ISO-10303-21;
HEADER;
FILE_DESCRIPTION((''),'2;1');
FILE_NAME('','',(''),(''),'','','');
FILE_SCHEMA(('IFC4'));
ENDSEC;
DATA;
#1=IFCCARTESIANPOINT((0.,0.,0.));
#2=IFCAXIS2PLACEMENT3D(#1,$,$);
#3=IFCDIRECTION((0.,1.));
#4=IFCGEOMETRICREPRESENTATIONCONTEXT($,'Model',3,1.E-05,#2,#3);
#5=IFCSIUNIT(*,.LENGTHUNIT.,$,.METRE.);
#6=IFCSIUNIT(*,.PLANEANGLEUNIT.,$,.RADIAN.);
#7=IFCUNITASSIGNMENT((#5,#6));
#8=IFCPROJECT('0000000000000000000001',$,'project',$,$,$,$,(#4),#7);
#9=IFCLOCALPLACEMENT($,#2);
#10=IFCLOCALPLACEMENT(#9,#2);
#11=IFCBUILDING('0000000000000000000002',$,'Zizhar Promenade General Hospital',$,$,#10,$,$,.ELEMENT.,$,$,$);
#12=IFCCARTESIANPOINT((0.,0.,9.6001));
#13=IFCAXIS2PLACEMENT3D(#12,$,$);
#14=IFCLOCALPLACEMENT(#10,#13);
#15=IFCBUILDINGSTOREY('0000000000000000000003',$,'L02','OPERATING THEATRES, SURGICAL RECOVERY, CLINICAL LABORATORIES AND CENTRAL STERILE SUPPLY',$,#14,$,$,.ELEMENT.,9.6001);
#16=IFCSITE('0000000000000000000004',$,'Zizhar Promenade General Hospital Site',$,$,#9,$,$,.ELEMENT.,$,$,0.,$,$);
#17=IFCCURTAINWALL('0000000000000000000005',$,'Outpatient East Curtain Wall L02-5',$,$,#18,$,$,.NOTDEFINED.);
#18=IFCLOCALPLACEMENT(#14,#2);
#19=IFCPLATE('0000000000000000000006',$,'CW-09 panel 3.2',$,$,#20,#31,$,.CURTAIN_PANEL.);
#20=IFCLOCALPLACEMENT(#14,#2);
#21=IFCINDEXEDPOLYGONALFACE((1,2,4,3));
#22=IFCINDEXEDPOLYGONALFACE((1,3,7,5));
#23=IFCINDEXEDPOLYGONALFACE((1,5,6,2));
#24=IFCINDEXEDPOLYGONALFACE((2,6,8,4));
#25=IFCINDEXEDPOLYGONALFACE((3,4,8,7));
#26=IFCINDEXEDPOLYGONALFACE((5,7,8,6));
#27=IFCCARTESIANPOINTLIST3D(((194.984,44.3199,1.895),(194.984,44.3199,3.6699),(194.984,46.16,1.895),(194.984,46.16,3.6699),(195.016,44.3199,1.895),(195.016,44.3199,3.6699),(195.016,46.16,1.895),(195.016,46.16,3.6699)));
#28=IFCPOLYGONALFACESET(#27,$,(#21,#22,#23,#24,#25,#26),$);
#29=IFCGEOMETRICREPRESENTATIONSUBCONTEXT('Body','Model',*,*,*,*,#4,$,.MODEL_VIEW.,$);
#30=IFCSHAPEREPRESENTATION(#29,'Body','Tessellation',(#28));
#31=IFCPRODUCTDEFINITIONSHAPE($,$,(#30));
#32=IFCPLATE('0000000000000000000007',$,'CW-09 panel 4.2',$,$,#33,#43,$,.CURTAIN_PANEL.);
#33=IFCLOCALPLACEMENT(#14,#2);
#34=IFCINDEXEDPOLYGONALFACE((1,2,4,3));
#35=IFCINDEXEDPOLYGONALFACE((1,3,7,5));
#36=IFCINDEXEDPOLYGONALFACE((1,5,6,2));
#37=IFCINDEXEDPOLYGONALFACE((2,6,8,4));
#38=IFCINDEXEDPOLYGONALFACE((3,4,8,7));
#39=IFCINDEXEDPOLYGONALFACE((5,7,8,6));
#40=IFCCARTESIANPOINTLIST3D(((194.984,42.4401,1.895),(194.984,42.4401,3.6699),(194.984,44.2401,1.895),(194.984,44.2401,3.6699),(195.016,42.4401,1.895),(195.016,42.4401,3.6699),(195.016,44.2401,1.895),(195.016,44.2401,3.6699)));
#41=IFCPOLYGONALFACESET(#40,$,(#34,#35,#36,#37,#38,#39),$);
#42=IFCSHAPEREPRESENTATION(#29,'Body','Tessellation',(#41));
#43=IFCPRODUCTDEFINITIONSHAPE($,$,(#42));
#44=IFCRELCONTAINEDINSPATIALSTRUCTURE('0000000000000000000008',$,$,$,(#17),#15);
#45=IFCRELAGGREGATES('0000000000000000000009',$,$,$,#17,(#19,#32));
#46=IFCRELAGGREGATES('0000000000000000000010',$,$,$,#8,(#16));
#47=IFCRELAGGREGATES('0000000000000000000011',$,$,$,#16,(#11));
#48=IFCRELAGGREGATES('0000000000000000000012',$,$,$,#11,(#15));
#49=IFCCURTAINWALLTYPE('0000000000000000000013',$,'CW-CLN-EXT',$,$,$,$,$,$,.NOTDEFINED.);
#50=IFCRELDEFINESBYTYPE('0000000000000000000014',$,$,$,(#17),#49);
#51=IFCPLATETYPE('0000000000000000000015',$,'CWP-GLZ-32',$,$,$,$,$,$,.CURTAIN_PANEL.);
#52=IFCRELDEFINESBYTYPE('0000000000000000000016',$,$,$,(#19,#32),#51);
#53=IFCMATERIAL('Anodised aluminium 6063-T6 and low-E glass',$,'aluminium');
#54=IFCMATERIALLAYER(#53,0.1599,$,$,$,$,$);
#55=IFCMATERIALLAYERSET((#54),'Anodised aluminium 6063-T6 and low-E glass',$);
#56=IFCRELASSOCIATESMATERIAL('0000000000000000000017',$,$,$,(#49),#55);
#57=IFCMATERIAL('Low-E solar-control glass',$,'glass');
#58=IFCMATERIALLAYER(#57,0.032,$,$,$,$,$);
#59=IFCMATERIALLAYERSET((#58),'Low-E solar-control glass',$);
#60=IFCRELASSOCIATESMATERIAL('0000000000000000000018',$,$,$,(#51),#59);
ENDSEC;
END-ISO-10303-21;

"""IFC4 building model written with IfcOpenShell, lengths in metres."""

from ifc_helpers import new_model, si_unit, direction, frame, origin, origin_2d, place, context, subcontext, project, spatial, rectangle, extrude, material, layer, layer_set, type_object, element, aggregate, save


model = new_model("IFC4")

# Units and contexts
model_context = context("Model", 3, precision=1e-05, world=origin(), true_north=direction((0.0, 1.0)))
body_context = subcontext(model_context, "Body", "Model", "MODEL_VIEW")
ifc_project = project(units=[si_unit("LENGTHUNIT", "METRE"), si_unit("PLANEANGLEUNIT", "RADIAN")], contexts=[model_context])

# Site, building, storey
site_placement = place(None, origin())
site = spatial("IfcSite", under=ifc_project, at=site_placement, Name="Zizhar Promenade General Hospital Site", CompositionType="ELEMENT", RefElevation=0.0)
building_placement = place(site_placement, origin())
building = spatial("IfcBuilding", under=site, at=building_placement, Name="Zizhar Promenade General Hospital", CompositionType="ELEMENT")
storey_placement = place(building_placement, frame((0.0, 0.0, 9.6001)))
storey = spatial("IfcBuildingStorey", under=building, at=storey_placement, Name="L02", Description="OPERATING THEATRES, SURGICAL RECOVERY, CLINICAL LABORATORIES AND CENTRAL STERILE SUPPLY", CompositionType="ELEMENT", Elevation=9.6001)

# Curtain wall, plates
ifc_material_1 = material(Name="Anodised aluminium 6063-T6 and low-E glass", Category="aluminium")
ifc_layer_1 = layer(ifc_material_1, 0.1599)
ifc_layer_set_1 = layer_set([ifc_layer_1], Name="Anodised aluminium 6063-T6 and low-E glass")
curtain_wall_type = type_object("IfcCurtainWallType", Name="CW-CLN-EXT", PredefinedType="NOTDEFINED", material=ifc_layer_set_1)
curtain_wall_placement = place(storey_placement, origin())
curtain_wall = element("IfcCurtainWall", 1, at=curtain_wall_placement, inside=storey, type_object=curtain_wall_type, Name="Outpatient East Curtain Wall L02-5", PredefinedType="NOTDEFINED")
ifc_material_2 = material(Name="Low-E solar-control glass", Category="glass")
ifc_layer_2 = layer(ifc_material_2, 0.032)
ifc_layer_set_2 = layer_set([ifc_layer_2], Name="Low-E solar-control glass")
plate_type = type_object("IfcPlateType", Name="CWP-GLZ-32", PredefinedType="CURTAIN_PANEL", material=ifc_layer_set_2)
plate_1_placement = place(storey_placement, frame((195.0, 45.24, 1.895), z_axis=(0.0, 0.0, 1.0), x_axis=(0.0, -1.0, 0.0)))
plate_1 = element("IfcPlate", 2, at=plate_1_placement, type_object=plate_type, Name="CW-09 panel 3.2", PredefinedType="CURTAIN_PANEL", context=body_context, shape_type="SweptSolid", body=[
    extrude(rectangle(XDim=1.8401, YDim=0.032, at=origin_2d()), origin(), (0.0, 0.0, 1.0), 1.7749),
])
plate_2_placement = place(storey_placement, frame((195.0, 43.3401, 1.895), z_axis=(0.0, 0.0, 1.0), x_axis=(0.0, -1.0, 0.0)))
plate_2 = element("IfcPlate", 3, at=plate_2_placement, type_object=plate_type, Name="CW-09 panel 4.2", PredefinedType="CURTAIN_PANEL", context=body_context, shape_type="SweptSolid", body=[
    extrude(rectangle(XDim=1.8, YDim=0.032, at=origin_2d()), origin(), (0.0, 0.0, 1.0), 1.7749),
])
aggregate(curtain_wall, [plate_1, plate_2])

save(model, "model.ifc")
